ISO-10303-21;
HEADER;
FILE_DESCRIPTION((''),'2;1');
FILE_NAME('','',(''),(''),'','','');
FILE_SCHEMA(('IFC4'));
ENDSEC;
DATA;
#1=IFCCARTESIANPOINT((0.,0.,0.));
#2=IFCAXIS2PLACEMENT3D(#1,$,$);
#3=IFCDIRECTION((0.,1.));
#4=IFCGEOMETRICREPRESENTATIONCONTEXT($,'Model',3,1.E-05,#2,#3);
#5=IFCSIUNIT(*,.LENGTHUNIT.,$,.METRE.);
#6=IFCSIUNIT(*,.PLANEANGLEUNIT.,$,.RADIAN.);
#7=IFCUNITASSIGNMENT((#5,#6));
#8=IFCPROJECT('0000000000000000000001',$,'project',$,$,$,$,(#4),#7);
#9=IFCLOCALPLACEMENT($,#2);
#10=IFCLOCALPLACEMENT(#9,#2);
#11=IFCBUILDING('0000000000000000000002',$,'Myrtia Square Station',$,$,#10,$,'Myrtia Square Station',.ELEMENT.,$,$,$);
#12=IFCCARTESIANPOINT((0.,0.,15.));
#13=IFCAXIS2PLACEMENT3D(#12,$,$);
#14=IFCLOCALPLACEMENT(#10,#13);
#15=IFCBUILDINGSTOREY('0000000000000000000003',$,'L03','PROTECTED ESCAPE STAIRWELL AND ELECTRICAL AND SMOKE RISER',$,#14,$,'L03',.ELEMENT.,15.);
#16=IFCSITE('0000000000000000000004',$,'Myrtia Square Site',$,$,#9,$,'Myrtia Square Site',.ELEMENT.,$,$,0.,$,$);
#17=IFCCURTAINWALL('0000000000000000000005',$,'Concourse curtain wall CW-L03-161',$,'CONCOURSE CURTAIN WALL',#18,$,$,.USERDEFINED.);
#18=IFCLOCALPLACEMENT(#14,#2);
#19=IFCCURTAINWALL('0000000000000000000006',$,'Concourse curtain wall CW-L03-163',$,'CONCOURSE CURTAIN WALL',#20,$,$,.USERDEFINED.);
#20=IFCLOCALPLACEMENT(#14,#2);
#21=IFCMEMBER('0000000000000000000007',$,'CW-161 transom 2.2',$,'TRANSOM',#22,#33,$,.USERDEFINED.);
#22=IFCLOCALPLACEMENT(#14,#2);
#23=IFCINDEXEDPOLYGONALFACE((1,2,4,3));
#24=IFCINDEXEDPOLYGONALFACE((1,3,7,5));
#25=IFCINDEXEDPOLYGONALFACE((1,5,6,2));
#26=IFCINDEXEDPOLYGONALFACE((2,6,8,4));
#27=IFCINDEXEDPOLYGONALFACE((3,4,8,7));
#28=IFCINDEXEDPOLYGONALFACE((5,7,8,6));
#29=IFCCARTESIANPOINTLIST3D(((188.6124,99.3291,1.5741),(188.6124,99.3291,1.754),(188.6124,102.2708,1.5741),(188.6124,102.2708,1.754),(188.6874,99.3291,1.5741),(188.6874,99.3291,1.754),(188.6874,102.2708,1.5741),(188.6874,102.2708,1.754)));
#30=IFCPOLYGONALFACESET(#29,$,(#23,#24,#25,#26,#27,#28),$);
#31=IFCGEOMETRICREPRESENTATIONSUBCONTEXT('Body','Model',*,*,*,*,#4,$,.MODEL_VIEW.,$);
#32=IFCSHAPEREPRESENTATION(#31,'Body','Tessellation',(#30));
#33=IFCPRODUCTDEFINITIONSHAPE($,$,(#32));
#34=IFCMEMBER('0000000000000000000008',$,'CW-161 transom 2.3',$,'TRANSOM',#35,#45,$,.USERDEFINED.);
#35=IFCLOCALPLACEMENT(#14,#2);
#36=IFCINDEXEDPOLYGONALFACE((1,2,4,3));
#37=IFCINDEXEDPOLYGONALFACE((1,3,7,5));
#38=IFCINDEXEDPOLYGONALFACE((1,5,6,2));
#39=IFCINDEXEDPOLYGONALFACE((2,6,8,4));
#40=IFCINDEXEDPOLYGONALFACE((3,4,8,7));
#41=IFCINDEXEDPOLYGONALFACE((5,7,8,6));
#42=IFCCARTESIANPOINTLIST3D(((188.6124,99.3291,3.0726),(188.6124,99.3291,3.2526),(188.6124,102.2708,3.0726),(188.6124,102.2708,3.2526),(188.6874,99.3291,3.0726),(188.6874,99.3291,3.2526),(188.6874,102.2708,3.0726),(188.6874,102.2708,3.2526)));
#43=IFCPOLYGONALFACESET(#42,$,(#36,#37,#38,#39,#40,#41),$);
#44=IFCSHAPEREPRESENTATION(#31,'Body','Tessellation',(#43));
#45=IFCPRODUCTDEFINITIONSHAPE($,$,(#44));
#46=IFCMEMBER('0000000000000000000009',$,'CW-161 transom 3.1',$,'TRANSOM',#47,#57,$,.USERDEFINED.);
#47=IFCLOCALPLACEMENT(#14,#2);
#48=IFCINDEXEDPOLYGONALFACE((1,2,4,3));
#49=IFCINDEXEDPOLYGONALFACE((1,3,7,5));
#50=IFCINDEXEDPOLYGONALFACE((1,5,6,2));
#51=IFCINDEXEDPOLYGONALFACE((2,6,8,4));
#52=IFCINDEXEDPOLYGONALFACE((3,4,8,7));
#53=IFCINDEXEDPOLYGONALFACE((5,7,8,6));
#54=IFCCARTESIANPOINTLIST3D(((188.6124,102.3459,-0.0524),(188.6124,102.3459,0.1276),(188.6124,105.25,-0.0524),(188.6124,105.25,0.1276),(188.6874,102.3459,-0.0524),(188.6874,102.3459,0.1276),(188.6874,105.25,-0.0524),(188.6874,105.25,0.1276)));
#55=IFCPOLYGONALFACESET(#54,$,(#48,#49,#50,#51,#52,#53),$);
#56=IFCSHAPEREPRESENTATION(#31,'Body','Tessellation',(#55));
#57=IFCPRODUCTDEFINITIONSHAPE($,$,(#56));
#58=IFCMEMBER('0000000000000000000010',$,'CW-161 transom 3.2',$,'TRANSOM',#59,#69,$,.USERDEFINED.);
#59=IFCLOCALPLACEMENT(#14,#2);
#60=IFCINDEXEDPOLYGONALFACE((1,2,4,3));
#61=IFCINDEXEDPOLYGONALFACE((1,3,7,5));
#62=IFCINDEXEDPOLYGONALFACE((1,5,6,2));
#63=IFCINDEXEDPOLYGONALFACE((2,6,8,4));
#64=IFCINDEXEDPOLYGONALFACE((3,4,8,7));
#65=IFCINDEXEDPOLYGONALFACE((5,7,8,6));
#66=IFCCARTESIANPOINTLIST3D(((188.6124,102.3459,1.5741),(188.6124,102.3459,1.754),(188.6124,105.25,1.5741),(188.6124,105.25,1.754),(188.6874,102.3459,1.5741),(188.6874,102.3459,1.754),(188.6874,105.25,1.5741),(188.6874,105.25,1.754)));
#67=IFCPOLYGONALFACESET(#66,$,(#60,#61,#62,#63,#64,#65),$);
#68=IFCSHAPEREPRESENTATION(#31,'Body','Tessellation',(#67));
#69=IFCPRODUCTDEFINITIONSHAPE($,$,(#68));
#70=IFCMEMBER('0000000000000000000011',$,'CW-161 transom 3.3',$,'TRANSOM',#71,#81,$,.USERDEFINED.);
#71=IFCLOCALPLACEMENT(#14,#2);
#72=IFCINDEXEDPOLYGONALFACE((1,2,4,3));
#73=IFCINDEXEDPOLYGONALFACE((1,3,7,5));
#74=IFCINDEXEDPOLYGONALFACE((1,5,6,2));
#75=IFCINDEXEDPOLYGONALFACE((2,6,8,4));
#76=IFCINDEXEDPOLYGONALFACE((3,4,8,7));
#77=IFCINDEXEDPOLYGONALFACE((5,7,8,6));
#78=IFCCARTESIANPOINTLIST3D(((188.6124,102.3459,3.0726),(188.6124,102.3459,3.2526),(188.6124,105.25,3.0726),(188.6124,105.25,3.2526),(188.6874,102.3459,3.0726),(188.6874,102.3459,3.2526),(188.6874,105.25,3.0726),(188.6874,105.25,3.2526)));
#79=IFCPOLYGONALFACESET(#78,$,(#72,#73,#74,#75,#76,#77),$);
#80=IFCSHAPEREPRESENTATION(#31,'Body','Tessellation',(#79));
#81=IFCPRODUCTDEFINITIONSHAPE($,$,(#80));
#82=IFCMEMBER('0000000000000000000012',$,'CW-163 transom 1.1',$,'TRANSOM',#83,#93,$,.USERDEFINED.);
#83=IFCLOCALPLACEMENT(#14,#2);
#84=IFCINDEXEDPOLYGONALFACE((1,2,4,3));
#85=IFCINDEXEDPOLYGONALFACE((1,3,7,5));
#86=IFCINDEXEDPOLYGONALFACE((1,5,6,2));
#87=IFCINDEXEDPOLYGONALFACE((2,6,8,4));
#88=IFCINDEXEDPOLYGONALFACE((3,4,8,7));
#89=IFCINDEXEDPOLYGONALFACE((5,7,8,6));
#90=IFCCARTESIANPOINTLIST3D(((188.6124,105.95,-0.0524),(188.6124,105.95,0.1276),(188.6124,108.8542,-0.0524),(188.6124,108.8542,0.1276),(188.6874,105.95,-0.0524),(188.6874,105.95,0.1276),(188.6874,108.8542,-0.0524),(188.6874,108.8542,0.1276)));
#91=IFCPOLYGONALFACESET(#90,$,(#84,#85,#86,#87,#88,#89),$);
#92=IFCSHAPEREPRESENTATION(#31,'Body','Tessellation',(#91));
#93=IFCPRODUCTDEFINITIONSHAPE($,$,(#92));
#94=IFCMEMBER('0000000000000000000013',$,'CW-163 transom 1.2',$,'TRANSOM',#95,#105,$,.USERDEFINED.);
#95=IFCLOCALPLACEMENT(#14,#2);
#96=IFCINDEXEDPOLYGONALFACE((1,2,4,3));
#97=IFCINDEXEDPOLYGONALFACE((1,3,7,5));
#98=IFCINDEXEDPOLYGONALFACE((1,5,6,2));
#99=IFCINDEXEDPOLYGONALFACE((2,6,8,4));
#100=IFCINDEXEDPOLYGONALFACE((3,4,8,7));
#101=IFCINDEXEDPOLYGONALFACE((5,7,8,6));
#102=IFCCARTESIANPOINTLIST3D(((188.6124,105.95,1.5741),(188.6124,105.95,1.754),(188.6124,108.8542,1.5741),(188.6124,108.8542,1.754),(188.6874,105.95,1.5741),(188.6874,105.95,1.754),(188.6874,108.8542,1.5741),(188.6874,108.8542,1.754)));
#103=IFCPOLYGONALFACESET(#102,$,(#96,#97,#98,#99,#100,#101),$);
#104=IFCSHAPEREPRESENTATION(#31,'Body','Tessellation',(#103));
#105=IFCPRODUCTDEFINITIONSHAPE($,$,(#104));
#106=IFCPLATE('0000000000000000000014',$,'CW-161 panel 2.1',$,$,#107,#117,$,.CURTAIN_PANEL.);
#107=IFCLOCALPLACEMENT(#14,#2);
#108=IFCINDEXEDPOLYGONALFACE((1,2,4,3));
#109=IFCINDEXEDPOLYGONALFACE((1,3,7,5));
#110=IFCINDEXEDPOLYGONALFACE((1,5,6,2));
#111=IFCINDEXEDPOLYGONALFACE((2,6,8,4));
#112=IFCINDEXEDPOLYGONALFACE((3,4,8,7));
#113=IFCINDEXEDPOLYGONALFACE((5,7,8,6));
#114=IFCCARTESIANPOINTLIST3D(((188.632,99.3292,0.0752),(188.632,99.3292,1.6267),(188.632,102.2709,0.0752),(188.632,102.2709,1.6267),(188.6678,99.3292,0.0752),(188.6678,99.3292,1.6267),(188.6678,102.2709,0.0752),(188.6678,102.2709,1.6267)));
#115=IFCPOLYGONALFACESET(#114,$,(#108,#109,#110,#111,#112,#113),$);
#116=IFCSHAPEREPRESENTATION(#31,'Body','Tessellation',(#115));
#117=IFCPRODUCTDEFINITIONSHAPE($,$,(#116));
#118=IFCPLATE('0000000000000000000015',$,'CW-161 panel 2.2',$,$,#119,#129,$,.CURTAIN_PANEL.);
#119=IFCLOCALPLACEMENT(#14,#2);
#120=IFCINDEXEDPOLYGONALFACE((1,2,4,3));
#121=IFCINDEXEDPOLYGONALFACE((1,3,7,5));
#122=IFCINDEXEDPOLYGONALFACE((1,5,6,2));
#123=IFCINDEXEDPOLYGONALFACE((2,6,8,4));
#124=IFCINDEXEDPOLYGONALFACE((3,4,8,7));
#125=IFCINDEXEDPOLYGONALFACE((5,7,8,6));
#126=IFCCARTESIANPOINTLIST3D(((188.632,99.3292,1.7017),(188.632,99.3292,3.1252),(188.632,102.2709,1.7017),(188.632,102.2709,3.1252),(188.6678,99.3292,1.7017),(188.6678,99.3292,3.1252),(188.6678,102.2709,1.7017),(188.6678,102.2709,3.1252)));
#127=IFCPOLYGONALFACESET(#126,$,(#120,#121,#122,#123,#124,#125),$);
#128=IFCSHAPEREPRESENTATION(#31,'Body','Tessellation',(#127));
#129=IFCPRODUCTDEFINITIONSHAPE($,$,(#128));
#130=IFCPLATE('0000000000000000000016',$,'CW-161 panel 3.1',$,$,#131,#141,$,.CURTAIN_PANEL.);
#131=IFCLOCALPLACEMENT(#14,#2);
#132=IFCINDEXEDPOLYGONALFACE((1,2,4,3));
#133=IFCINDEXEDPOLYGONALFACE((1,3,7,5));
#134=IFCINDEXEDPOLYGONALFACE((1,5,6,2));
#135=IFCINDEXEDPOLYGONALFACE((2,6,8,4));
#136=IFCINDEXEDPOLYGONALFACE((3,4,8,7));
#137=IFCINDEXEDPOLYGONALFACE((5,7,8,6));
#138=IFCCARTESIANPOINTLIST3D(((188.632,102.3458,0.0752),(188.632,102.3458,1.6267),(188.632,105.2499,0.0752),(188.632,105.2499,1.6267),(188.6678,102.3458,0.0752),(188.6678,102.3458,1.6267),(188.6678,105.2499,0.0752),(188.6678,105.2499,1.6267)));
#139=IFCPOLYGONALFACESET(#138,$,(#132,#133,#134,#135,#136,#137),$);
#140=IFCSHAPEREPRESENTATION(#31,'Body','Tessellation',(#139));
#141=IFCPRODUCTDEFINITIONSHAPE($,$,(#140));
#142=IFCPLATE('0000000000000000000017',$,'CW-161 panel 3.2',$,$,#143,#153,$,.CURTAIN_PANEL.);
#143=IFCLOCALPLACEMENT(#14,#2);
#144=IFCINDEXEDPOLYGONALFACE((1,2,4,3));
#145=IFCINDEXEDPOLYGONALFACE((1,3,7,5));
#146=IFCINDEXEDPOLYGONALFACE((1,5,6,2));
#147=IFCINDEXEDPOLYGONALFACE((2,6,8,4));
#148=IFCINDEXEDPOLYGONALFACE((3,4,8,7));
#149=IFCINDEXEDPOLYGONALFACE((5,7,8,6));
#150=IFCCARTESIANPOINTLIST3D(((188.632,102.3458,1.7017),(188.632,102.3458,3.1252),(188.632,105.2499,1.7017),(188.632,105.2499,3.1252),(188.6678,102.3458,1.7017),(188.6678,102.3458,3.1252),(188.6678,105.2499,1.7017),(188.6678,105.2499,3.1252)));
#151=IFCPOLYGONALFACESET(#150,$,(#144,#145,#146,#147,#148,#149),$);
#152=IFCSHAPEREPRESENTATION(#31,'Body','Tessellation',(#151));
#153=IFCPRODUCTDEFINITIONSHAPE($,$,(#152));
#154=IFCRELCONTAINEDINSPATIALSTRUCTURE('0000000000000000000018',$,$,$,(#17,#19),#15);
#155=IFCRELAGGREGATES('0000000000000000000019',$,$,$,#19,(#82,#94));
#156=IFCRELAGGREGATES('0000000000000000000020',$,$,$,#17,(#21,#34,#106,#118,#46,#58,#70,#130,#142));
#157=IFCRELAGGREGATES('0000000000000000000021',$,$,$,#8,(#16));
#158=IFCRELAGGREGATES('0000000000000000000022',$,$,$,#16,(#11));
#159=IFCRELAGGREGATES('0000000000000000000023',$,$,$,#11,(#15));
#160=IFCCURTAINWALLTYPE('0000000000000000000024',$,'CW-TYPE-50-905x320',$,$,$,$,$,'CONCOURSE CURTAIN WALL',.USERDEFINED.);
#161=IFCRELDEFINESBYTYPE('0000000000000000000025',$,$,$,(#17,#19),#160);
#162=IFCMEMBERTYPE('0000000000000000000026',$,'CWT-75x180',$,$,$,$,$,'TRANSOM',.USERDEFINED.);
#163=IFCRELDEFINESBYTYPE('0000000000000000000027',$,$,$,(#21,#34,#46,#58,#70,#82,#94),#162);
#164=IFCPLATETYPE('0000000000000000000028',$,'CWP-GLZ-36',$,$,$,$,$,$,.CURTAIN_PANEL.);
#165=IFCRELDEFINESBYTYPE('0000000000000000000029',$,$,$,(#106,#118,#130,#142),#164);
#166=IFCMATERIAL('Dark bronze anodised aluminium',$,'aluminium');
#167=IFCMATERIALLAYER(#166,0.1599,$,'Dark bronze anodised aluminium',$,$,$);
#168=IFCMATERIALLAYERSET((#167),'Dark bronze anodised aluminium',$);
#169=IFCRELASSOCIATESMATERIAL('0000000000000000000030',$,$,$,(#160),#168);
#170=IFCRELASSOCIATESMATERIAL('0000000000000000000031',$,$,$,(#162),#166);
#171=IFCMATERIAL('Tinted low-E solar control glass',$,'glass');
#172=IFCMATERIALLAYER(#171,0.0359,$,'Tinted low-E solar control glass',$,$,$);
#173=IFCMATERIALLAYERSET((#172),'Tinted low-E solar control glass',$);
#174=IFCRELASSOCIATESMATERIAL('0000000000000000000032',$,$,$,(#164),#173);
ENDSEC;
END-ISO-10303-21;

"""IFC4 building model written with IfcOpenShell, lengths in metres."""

from ifc_helpers import new_model, si_unit, direction, frame, origin, origin_2d, place, context, subcontext, project, spatial, rectangle, extrude, material, layer, layer_set, material_profile, profile_set, type_object, element, aggregate, save


model = new_model("IFC4")

# Units and contexts
model_context = context("Model", 3, precision=1e-05, world=origin(), true_north=direction((0.0, 1.0)))
body_context = subcontext(model_context, "Body", "Model", "MODEL_VIEW")
ifc_project = project(units=[si_unit("LENGTHUNIT", "METRE"), si_unit("PLANEANGLEUNIT", "RADIAN")], contexts=[model_context])

# Site, building, storey
site_placement = place(None, origin())
site = spatial("IfcSite", under=ifc_project, at=site_placement, Name="Myrtia Square Site", LongName="Myrtia Square Site", CompositionType="ELEMENT", RefElevation=0.0)
building_placement = place(site_placement, origin())
building = spatial("IfcBuilding", under=site, at=building_placement, Name="Myrtia Square Station", LongName="Myrtia Square Station", CompositionType="ELEMENT")
storey_placement = place(building_placement, frame((0.0, 0.0, 15.0)))
storey = spatial("IfcBuildingStorey", under=building, at=storey_placement, Name="L03", Description="PROTECTED ESCAPE STAIRWELL AND ELECTRICAL AND SMOKE RISER", LongName="L03", CompositionType="ELEMENT", Elevation=15.0)

# Curtain wall
ifc_material_1 = material(Name="Dark bronze anodised aluminium", Category="aluminium")
ifc_layer_1 = layer(ifc_material_1, 0.1599, Name="Dark bronze anodised aluminium")
ifc_layer_set_1 = layer_set([ifc_layer_1], Name="Dark bronze anodised aluminium")
curtain_wall_type = type_object("IfcCurtainWallType", Name="CW-TYPE-50-905x320", ElementType="CONCOURSE CURTAIN WALL", PredefinedType="USERDEFINED", material=ifc_layer_set_1)
curtain_wall_1_placement = place(storey_placement, origin())
curtain_wall_1 = element("IfcCurtainWall", 1, at=curtain_wall_1_placement, inside=storey, type_object=curtain_wall_type, Name="Concourse curtain wall CW-L03-161", ObjectType="CONCOURSE CURTAIN WALL", PredefinedType="USERDEFINED")

# Curtain wall
curtain_wall_2_placement = place(storey_placement, origin())
curtain_wall_2 = element("IfcCurtainWall", 2, at=curtain_wall_2_placement, inside=storey, type_object=curtain_wall_type, Name="Concourse curtain wall CW-L03-163", ObjectType="CONCOURSE CURTAIN WALL", PredefinedType="USERDEFINED")

# Members
ifc_material_profile_1 = material_profile(ifc_material_1, rectangle(XDim=0.075, YDim=0.1799, at=origin_2d()), Name="ALU-T 75x180")
ifc_profile_set_1 = profile_set([ifc_material_profile_1], Name="Dark bronze anodised aluminium")
member_type_1 = type_object("IfcMemberType", Name="CWT-75x180", ElementType="TRANSOM", PredefinedType="USERDEFINED", material=ifc_profile_set_1)
member_1_placement = place(storey_placement, frame((188.6499, 99.3291, 1.6641), z_axis=(0.0, 1.0, 0.0), x_axis=(-1.0, 0.0, 0.0)))
member_1 = element("IfcMember", 3, at=member_1_placement, type_object=member_type_1, Name="CW-161 transom 2.2", ObjectType="TRANSOM", PredefinedType="USERDEFINED", context=body_context, shape_type="SweptSolid", body=[
    extrude(rectangle(XDim=0.075, YDim=0.1799, at=origin_2d()), origin(), (0.0, 0.0, 1.0), 2.9417),
])
member_2_placement = place(storey_placement, frame((188.6499, 99.3291, 3.1626), z_axis=(0.0, 1.0, 0.0), x_axis=(-1.0, 0.0, 0.0)))
member_2 = element("IfcMember", 4, at=member_2_placement, type_object=member_type_1, Name="CW-161 transom 2.3", ObjectType="TRANSOM", PredefinedType="USERDEFINED", context=body_context, shape_type="SweptSolid", body=[
    extrude(rectangle(XDim=0.075, YDim=0.1799, at=origin_2d()), origin(), (0.0, 0.0, 1.0), 2.9417),
])
member_3_placement = place(storey_placement, frame((188.6499, 102.3459, 0.0376), z_axis=(0.0, 1.0, 0.0), x_axis=(-1.0, 0.0, 0.0)))
member_3 = element("IfcMember", 5, at=member_3_placement, type_object=member_type_1, Name="CW-161 transom 3.1", ObjectType="TRANSOM", PredefinedType="USERDEFINED", context=body_context, shape_type="SweptSolid", body=[
    extrude(rectangle(XDim=0.075, YDim=0.1799, at=origin_2d()), origin(), (0.0, 0.0, 1.0), 2.9041),
])
member_4_placement = place(storey_placement, frame((188.6499, 102.3459, 1.6641), z_axis=(0.0, 1.0, 0.0), x_axis=(-1.0, 0.0, 0.0)))
member_4 = element("IfcMember", 6, at=member_4_placement, type_object=member_type_1, Name="CW-161 transom 3.2", ObjectType="TRANSOM", PredefinedType="USERDEFINED", context=body_context, shape_type="SweptSolid", body=[
    extrude(rectangle(XDim=0.075, YDim=0.1799, at=origin_2d()), origin(), (0.0, 0.0, 1.0), 2.9041),
])
member_5_placement = place(storey_placement, frame((188.6499, 102.3459, 3.1626), z_axis=(0.0, 1.0, 0.0), x_axis=(-1.0, 0.0, 0.0)))
member_5 = element("IfcMember", 7, at=member_5_placement, type_object=member_type_1, Name="CW-161 transom 3.3", ObjectType="TRANSOM", PredefinedType="USERDEFINED", context=body_context, shape_type="SweptSolid", body=[
    extrude(rectangle(XDim=0.075, YDim=0.1799, at=origin_2d()), origin(), (0.0, 0.0, 1.0), 2.9041),
])
member_6_placement = place(storey_placement, frame((188.6499, 105.95, 0.0376), z_axis=(0.0, 1.0, 0.0), x_axis=(-1.0, 0.0, 0.0)))
member_6 = element("IfcMember", 8, at=member_6_placement, type_object=member_type_1, Name="CW-163 transom 1.1", ObjectType="TRANSOM", PredefinedType="USERDEFINED", context=body_context, shape_type="SweptSolid", body=[
    extrude(rectangle(XDim=0.075, YDim=0.1799, at=origin_2d()), origin(), (0.0, 0.0, 1.0), 2.9043),
])
member_7_placement = place(storey_placement, frame((188.6499, 105.95, 1.6641), z_axis=(0.0, 1.0, 0.0), x_axis=(-1.0, 0.0, 0.0)))
member_7 = element("IfcMember", 9, at=member_7_placement, type_object=member_type_1, Name="CW-163 transom 1.2", ObjectType="TRANSOM", PredefinedType="USERDEFINED", context=body_context, shape_type="SweptSolid", body=[
    extrude(rectangle(XDim=0.075, YDim=0.1799, at=origin_2d()), origin(), (0.0, 0.0, 1.0), 2.9043),
])
aggregate(curtain_wall_2, [member_6, member_7])

# Plates
ifc_material_2 = material(Name="Tinted low-E solar control glass", Category="glass")
ifc_layer_2 = layer(ifc_material_2, 0.0359, Name="Tinted low-E solar control glass")
ifc_layer_set_2 = layer_set([ifc_layer_2], Name="Tinted low-E solar control glass")
plate_type = type_object("IfcPlateType", Name="CWP-GLZ-36", PredefinedType="CURTAIN_PANEL", material=ifc_layer_set_2)
plate_1_placement = place(storey_placement, frame((188.6499, 100.8, 0.0752), z_axis=(0.0, 0.0, 1.0), x_axis=(0.0, 1.0, 0.0)))
plate_1 = element("IfcPlate", 10, at=plate_1_placement, type_object=plate_type, Name="CW-161 panel 2.1", PredefinedType="CURTAIN_PANEL", context=body_context, shape_type="SweptSolid", body=[
    extrude(rectangle(XDim=2.9417, YDim=0.0359, at=origin_2d()), origin(), (0.0, 0.0, 1.0), 1.5515),
])
plate_2_placement = place(storey_placement, frame((188.6499, 100.8, 1.7017), z_axis=(0.0, 0.0, 1.0), x_axis=(0.0, 1.0, 0.0)))
plate_2 = element("IfcPlate", 11, at=plate_2_placement, type_object=plate_type, Name="CW-161 panel 2.2", PredefinedType="CURTAIN_PANEL", context=body_context, shape_type="SweptSolid", body=[
    extrude(rectangle(XDim=2.9417, YDim=0.0359, at=origin_2d()), origin(), (0.0, 0.0, 1.0), 1.4236),
])
plate_3_placement = place(storey_placement, frame((188.6499, 103.7979, 0.0752), z_axis=(0.0, 0.0, 1.0), x_axis=(0.0, 1.0, 0.0)))
plate_3 = element("IfcPlate", 12, at=plate_3_placement, type_object=plate_type, Name="CW-161 panel 3.1", PredefinedType="CURTAIN_PANEL", context=body_context, shape_type="SweptSolid", body=[
    extrude(rectangle(XDim=2.9041, YDim=0.0359, at=origin_2d()), origin(), (0.0, 0.0, 1.0), 1.5515),
])
plate_4_placement = place(storey_placement, frame((188.6499, 103.7979, 1.7017), z_axis=(0.0, 0.0, 1.0), x_axis=(0.0, 1.0, 0.0)))
plate_4 = element("IfcPlate", 13, at=plate_4_placement, type_object=plate_type, Name="CW-161 panel 3.2", PredefinedType="CURTAIN_PANEL", context=body_context, shape_type="SweptSolid", body=[
    extrude(rectangle(XDim=2.9041, YDim=0.0359, at=origin_2d()), origin(), (0.0, 0.0, 1.0), 1.4236),
])
aggregate(curtain_wall_1, [member_1, member_2, plate_1, plate_2, member_3, member_4, member_5, plate_3, plate_4])

save(model, "model.ifc")
